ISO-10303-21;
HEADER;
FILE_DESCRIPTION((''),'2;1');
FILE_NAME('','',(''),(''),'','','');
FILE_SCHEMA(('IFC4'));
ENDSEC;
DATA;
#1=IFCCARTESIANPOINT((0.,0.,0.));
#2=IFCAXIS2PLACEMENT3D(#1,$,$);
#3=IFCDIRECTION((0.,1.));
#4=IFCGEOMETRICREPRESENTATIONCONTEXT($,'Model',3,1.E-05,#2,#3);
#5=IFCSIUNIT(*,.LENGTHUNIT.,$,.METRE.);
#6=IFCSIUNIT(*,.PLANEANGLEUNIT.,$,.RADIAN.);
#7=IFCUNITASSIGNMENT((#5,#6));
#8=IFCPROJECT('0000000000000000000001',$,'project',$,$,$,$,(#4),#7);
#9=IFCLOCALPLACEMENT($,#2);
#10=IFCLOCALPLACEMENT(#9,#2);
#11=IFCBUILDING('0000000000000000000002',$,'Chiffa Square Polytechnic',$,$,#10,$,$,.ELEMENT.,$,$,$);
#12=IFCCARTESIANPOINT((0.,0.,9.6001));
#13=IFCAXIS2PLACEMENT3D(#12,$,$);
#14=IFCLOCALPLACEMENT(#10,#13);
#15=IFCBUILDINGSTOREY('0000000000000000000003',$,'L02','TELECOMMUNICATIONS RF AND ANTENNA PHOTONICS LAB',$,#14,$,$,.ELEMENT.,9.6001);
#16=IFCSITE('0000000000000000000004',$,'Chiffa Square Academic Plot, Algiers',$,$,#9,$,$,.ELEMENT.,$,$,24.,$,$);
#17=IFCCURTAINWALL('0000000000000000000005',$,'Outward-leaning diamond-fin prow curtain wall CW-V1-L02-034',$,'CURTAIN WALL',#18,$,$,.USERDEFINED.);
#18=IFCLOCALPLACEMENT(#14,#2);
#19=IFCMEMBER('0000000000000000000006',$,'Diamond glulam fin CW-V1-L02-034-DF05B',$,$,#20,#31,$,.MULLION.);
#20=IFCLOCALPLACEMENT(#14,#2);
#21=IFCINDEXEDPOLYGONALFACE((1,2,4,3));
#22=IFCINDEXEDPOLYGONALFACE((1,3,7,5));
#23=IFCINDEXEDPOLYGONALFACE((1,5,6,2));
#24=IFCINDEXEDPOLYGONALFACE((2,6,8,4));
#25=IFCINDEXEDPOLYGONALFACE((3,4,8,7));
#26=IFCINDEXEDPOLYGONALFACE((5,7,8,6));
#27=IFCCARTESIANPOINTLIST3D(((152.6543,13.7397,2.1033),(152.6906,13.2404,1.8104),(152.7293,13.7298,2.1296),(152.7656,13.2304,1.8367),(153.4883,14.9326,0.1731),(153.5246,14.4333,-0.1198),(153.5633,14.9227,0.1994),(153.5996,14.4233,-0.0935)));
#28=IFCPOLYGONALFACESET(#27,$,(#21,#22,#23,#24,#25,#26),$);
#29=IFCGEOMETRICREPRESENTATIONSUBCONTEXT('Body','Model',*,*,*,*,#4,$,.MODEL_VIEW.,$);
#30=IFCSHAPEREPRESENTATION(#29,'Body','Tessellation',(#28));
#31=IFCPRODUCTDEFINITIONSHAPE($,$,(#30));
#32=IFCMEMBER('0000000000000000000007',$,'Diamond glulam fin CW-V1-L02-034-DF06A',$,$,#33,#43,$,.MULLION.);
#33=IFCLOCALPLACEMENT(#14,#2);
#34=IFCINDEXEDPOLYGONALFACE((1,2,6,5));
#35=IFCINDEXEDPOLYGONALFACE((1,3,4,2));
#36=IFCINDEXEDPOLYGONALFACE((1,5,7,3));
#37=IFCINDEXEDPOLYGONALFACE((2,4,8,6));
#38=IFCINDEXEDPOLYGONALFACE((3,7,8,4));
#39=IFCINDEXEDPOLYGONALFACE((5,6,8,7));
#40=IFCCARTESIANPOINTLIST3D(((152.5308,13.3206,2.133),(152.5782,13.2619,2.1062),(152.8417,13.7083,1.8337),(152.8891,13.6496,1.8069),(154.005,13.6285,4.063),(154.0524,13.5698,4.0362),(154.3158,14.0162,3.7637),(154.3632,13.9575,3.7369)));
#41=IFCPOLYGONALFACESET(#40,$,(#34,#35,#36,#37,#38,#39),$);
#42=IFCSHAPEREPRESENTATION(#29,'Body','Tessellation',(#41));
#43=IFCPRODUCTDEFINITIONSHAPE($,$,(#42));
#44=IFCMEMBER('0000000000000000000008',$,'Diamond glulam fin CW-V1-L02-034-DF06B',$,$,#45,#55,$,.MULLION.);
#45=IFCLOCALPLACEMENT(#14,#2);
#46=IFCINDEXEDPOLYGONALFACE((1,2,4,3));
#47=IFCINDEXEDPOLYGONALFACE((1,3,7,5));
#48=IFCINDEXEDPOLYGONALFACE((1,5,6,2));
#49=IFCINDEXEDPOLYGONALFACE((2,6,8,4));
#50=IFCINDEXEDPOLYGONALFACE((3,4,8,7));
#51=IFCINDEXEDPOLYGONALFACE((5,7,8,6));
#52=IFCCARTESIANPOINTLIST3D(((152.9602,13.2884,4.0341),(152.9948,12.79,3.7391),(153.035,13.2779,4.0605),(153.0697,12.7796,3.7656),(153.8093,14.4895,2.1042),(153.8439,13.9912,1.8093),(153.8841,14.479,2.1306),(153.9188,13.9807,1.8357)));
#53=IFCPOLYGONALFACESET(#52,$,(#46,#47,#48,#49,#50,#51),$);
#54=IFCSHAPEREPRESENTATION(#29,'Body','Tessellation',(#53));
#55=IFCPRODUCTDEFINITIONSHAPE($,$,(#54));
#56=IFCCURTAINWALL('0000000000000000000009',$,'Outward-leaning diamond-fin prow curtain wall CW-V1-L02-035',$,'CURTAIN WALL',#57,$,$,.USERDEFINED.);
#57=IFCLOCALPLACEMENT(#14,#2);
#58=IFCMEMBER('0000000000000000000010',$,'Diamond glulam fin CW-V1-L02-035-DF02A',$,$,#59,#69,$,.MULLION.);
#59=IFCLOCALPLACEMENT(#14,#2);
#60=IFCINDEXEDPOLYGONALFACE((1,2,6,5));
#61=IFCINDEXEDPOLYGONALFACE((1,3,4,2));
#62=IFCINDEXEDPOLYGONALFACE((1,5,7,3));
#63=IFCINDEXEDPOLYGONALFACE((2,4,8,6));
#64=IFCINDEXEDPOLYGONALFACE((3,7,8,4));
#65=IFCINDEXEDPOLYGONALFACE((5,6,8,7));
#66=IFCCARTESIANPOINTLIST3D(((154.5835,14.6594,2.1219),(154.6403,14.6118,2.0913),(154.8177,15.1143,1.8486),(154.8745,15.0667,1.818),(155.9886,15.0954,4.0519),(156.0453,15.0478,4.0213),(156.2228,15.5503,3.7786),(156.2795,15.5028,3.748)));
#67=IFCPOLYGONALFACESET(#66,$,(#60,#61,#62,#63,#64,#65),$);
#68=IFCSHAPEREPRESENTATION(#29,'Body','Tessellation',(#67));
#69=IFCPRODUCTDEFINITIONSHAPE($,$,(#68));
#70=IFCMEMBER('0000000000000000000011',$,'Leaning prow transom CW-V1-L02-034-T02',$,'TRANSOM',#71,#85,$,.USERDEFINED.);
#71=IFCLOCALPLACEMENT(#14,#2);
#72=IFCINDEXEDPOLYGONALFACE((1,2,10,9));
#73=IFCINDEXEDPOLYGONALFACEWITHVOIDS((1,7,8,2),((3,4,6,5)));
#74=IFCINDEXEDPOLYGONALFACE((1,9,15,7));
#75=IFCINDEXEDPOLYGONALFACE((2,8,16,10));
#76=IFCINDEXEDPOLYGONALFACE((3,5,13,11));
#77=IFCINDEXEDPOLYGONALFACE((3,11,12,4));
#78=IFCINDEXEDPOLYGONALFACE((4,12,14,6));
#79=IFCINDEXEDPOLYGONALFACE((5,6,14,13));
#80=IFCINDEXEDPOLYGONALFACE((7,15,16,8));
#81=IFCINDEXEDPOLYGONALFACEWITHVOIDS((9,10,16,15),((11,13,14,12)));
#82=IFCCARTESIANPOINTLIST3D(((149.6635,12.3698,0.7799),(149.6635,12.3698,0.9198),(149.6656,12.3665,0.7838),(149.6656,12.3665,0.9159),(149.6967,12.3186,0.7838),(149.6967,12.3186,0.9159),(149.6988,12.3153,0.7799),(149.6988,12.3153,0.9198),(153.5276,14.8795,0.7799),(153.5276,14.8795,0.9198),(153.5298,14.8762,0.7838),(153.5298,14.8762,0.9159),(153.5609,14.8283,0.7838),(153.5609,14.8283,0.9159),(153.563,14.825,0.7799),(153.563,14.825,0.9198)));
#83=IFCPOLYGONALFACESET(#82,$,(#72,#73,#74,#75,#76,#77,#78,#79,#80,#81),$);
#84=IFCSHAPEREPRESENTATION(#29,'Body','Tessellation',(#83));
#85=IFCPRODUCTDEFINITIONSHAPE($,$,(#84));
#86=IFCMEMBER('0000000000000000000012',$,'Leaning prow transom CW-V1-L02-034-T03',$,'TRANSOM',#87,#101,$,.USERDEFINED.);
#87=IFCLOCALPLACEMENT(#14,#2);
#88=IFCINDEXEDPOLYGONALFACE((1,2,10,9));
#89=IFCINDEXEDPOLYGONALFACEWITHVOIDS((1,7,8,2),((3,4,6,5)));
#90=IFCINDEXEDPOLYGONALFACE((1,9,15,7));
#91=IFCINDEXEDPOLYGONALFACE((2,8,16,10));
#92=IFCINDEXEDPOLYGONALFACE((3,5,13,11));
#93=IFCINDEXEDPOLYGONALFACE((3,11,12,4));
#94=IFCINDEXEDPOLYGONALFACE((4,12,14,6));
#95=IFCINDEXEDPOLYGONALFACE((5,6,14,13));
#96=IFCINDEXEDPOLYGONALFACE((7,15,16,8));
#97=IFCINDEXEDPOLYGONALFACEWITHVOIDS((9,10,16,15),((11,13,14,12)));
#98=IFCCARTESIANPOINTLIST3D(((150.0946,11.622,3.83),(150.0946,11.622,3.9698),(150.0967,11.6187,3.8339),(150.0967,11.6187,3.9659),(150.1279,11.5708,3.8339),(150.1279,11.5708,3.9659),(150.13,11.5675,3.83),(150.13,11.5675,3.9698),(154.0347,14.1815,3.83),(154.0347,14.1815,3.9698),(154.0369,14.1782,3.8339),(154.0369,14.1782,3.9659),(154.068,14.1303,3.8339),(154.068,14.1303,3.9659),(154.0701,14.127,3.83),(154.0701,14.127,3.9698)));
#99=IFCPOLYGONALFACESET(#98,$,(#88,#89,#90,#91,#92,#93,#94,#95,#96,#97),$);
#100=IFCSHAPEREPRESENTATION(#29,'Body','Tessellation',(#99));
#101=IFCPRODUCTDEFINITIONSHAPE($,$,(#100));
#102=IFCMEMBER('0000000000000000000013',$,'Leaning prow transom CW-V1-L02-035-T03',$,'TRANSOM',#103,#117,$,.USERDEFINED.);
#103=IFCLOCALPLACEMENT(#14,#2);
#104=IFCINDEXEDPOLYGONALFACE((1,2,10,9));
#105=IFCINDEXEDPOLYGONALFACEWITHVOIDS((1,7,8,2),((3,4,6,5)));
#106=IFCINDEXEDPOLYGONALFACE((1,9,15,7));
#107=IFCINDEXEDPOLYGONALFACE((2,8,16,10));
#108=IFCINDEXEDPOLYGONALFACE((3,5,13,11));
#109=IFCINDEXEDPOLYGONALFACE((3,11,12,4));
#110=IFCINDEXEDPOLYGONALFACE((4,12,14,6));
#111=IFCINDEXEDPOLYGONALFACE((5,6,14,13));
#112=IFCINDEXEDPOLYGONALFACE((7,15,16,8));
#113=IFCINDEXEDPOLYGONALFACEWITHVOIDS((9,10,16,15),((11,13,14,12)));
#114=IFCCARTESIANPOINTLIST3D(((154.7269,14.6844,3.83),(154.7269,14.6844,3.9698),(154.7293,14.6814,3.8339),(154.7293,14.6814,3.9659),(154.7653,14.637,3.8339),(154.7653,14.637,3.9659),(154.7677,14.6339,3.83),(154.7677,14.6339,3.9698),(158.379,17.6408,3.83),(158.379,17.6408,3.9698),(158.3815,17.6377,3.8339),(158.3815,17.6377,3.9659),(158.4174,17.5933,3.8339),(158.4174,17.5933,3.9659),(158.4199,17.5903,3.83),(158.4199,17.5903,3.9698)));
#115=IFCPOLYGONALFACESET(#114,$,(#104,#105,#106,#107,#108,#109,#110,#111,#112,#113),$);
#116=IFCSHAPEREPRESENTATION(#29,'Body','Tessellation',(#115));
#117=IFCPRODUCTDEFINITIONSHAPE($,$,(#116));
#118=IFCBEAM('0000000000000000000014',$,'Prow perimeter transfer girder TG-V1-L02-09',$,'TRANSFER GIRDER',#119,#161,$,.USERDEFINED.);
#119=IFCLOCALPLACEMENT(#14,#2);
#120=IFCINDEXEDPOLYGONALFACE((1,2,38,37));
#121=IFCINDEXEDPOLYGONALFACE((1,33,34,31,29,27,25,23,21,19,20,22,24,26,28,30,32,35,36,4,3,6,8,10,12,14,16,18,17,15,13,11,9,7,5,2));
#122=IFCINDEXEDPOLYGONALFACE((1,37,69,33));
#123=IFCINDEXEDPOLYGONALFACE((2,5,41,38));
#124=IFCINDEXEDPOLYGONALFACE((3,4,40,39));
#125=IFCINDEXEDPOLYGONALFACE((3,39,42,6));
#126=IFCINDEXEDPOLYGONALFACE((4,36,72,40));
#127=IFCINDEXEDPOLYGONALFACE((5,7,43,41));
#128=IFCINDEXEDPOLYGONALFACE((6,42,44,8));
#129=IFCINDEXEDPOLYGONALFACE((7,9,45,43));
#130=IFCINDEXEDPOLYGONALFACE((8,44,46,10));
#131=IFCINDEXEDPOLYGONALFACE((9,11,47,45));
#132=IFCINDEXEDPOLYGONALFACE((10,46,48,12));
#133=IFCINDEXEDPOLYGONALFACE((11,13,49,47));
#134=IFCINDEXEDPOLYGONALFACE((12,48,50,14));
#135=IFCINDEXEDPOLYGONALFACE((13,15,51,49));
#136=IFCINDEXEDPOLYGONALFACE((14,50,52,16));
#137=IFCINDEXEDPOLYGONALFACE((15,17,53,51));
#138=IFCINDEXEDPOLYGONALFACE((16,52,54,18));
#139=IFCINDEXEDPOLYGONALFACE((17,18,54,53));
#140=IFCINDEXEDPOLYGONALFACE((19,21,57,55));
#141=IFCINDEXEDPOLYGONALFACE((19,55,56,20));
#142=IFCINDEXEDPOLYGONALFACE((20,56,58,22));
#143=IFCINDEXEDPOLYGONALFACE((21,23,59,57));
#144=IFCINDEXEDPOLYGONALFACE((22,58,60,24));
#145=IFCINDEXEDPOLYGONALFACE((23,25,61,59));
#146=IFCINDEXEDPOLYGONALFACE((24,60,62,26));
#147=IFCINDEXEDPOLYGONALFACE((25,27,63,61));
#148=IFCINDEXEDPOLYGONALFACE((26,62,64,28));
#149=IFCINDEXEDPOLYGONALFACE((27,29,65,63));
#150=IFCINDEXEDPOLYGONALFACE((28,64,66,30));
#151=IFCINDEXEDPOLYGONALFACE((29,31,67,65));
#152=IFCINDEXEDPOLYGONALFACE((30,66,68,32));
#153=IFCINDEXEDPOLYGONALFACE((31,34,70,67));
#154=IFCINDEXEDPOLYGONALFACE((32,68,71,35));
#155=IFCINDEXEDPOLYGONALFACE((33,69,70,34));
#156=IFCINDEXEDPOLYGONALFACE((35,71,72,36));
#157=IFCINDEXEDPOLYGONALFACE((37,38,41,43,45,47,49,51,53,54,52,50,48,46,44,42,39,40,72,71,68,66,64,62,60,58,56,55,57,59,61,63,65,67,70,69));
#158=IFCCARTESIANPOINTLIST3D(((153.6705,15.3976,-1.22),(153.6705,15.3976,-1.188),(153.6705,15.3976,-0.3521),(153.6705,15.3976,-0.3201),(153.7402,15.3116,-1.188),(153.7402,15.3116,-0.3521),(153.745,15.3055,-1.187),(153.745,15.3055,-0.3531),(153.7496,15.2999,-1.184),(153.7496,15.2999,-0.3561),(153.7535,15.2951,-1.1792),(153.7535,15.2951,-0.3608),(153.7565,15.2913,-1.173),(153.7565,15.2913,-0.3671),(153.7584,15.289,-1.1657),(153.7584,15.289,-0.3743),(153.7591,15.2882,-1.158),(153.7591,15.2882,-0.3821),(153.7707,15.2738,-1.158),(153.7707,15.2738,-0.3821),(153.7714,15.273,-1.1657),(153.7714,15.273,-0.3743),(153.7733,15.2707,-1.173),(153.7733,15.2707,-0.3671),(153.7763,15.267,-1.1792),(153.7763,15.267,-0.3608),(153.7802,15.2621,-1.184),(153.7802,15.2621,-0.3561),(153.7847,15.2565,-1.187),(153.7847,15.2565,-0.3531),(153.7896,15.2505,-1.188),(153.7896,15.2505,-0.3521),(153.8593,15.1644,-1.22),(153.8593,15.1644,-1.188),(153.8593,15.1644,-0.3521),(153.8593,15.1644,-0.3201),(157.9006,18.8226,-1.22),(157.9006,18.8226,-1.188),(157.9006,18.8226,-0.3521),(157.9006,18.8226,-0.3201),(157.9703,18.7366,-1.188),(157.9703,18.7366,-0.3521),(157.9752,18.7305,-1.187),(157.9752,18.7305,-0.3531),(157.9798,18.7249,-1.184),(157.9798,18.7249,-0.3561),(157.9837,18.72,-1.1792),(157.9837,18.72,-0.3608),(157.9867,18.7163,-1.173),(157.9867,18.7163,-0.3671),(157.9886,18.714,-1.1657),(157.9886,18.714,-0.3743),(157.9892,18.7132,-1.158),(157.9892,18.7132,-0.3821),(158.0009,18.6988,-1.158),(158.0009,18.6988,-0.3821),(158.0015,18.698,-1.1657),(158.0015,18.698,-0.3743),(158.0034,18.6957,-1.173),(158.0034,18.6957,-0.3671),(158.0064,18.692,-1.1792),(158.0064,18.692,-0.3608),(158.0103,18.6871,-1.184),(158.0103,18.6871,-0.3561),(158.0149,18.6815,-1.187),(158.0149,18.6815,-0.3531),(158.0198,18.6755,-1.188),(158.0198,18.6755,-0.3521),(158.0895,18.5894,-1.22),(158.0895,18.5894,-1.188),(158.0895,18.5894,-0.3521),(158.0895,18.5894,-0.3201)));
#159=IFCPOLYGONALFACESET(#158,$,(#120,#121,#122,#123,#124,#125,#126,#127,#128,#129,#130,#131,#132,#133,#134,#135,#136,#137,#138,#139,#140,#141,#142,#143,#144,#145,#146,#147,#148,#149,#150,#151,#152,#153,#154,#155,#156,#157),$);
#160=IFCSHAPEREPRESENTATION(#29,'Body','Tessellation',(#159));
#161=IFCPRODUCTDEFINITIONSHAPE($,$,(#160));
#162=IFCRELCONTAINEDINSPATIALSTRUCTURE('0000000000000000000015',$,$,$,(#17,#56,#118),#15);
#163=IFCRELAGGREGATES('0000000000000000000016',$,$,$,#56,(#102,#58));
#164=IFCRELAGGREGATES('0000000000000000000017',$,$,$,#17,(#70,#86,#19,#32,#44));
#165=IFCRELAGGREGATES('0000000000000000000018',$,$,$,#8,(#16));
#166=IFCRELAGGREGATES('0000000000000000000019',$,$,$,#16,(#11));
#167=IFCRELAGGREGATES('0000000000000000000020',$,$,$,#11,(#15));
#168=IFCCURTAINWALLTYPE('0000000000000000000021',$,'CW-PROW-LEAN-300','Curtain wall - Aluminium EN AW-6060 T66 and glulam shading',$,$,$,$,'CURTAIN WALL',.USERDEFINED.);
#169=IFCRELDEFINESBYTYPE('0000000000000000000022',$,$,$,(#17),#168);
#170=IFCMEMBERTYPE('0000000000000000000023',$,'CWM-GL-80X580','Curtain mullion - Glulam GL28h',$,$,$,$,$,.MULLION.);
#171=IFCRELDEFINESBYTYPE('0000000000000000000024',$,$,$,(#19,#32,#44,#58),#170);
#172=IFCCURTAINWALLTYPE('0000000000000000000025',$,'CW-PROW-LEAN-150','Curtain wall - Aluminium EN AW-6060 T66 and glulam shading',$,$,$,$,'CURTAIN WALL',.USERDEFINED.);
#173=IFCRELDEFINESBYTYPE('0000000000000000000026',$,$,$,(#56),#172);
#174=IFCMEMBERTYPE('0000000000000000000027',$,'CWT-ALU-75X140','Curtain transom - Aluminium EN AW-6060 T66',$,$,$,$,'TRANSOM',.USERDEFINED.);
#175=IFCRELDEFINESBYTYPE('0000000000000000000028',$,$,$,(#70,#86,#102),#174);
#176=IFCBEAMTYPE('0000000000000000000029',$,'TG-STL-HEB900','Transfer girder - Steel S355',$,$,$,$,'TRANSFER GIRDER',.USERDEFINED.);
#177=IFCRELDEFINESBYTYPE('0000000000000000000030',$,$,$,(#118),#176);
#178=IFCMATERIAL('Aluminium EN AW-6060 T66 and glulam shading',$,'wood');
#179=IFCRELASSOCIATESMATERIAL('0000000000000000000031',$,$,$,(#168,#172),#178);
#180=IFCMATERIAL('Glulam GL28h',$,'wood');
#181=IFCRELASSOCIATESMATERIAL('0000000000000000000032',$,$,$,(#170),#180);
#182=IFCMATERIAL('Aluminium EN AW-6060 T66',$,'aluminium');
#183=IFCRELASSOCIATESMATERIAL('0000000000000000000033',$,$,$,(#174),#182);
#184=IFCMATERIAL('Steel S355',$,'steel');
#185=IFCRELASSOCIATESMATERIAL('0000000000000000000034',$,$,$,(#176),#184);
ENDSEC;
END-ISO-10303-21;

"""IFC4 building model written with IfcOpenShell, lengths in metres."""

from ifc_helpers import new_model, si_unit, direction, frame, origin, origin_2d, place, context, subcontext, project, spatial, rectangle, hollow_rectangle, i_section, extrude, material, material_profile, profile_set, type_object, element, aggregate, save


model = new_model("IFC4")

# Units and contexts
model_context = context("Model", 3, precision=1e-05, world=origin(), true_north=direction((0.0, 1.0)))
body_context = subcontext(model_context, "Body", "Model", "MODEL_VIEW")
ifc_project = project(units=[si_unit("LENGTHUNIT", "METRE"), si_unit("PLANEANGLEUNIT", "RADIAN")], contexts=[model_context])

# Site, building, storey
site_placement = place(None, origin())
site = spatial("IfcSite", under=ifc_project, at=site_placement, Name="Chiffa Square Academic Plot, Algiers", CompositionType="ELEMENT", RefElevation=24.0)
building_placement = place(site_placement, origin())
building = spatial("IfcBuilding", under=site, at=building_placement, Name="Chiffa Square Polytechnic", CompositionType="ELEMENT")
storey_placement = place(building_placement, frame((0.0, 0.0, 9.6001)))
storey = spatial("IfcBuildingStorey", under=building, at=storey_placement, Name="L02", Description="TELECOMMUNICATIONS RF AND ANTENNA PHOTONICS LAB", CompositionType="ELEMENT", Elevation=9.6001)

# Curtain wall, members
ifc_material_1 = material(Name="Aluminium EN AW-6060 T66 and glulam shading", Category="wood")
curtain_wall_type_1 = type_object("IfcCurtainWallType", Name="CW-PROW-LEAN-300", Description="Curtain wall - Aluminium EN AW-6060 T66 and glulam shading", ElementType="CURTAIN WALL", PredefinedType="USERDEFINED", material=ifc_material_1)
curtain_wall_1_placement = place(storey_placement, origin())
curtain_wall_1 = element("IfcCurtainWall", 1, at=curtain_wall_1_placement, inside=storey, type_object=curtain_wall_type_1, Name="Outward-leaning diamond-fin prow curtain wall CW-V1-L02-034", ObjectType="CURTAIN WALL", PredefinedType="USERDEFINED")
ifc_material_2 = material(Name="Aluminium EN AW-6060 T66", Category="aluminium")
ifc_material_3 = material(Name="Glulam GL28h", Category="wood")
ifc_material_profile_1 = material_profile(ifc_material_3, rectangle(XDim=0.0801, YDim=0.5801, at=origin_2d()), Name="GL28h 80x580")
ifc_profile_set_1 = profile_set([ifc_material_profile_1], Name="Glulam GL28h")
member_type_1 = type_object("IfcMemberType", Name="CWM-GL-80X580", Description="Curtain mullion - Glulam GL28h", PredefinedType="MULLION", material=ifc_profile_set_1)
member_1_placement = place(storey_placement, frame((153.5439, 14.678, 0.0398), z_axis=(-0.344986, -0.493443, 0.798436), x_axis=(0.936513, -0.124155, 0.327916)))
member_1 = element("IfcMember", 2, at=member_1_placement, type_object=member_type_1, Name="Diamond glulam fin CW-V1-L02-034-DF05B", PredefinedType="MULLION", context=body_context, shape_type="SweptSolid", body=[
    extrude(rectangle(XDim=0.0801, YDim=0.5801, at=origin_2d()), origin(), (0.0, 0.0, 1.0), 2.4175),
])
member_2_placement = place(storey_placement, frame((152.71, 13.4851, 1.97), z_axis=(0.602187, 0.125763, 0.788388), x_axis=(-0.59177, 0.733177, 0.33505)))
member_2 = element("IfcMember", 3, at=member_2_placement, type_object=member_type_1, Name="Diamond glulam fin CW-V1-L02-034-DF06A", PredefinedType="MULLION", context=body_context, shape_type="SweptSolid", body=[
    extrude(rectangle(XDim=0.0801, YDim=0.5801, at=origin_2d()), origin(), (0.0, 0.0, 1.0), 2.448),
])
member_3_placement = place(storey_placement, frame((153.864, 14.2351, 1.97), z_axis=(-0.34992, -0.494999, 0.795319), x_axis=(0.934875, -0.130409, 0.330156)))
member_3 = element("IfcMember", 4, at=member_3_placement, type_object=member_type_1, Name="Diamond glulam fin CW-V1-L02-034-DF06B", PredefinedType="MULLION", context=body_context, shape_type="SweptSolid", body=[
    extrude(rectangle(XDim=0.0801, YDim=0.5801, at=origin_2d()), origin(), (0.0, 0.0, 1.0), 2.4265),
])

# Curtain wall, member
curtain_wall_type_2 = type_object("IfcCurtainWallType", Name="CW-PROW-LEAN-150", Description="Curtain wall - Aluminium EN AW-6060 T66 and glulam shading", ElementType="CURTAIN WALL", PredefinedType="USERDEFINED", material=ifc_material_1)
curtain_wall_2_placement = place(storey_placement, origin())
curtain_wall_2 = element("IfcCurtainWall", 5, at=curtain_wall_2_placement, inside=storey, type_object=curtain_wall_type_2, Name="Outward-leaning diamond-fin prow curtain wall CW-V1-L02-035", ObjectType="CURTAIN WALL", PredefinedType="USERDEFINED")
member_4_placement = place(storey_placement, frame((154.729, 14.863, 1.97), z_axis=(0.578988, 0.179682, 0.795291), x_axis=(-0.708345, 0.593882, 0.381512)))
member_4 = element("IfcMember", 6, at=member_4_placement, type_object=member_type_1, Name="Diamond glulam fin CW-V1-L02-035-DF02A", PredefinedType="MULLION", context=body_context, shape_type="SweptSolid", body=[
    extrude(rectangle(XDim=0.0801, YDim=0.5801, at=origin_2d()), origin(), (0.0, 0.0, 1.0), 2.4268),
])

# Members
ifc_material_profile_2 = material_profile(ifc_material_2, hollow_rectangle(XDim=0.0649, YDim=0.1399, WallThickness=0.0039, at=origin_2d()), Name="ALU 65x140x4")
ifc_profile_set_2 = profile_set([ifc_material_profile_2], Name="Aluminium EN AW-6060 T66")
member_type_2 = type_object("IfcMemberType", Name="CWT-ALU-75X140", Description="Curtain transom - Aluminium EN AW-6060 T66", ElementType="TRANSOM", PredefinedType="USERDEFINED", material=ifc_profile_set_2)
member_5_placement = place(storey_placement, frame((149.6812, 12.3425, 0.8499), z_axis=(0.838642, 0.544683, 0.0), x_axis=(-0.544683, 0.838642, 0.0)))
member_5 = element("IfcMember", 7, at=member_5_placement, type_object=member_type_2, Name="Leaning prow transom CW-V1-L02-034-T02", ObjectType="TRANSOM", PredefinedType="USERDEFINED", context=body_context, shape_type="SweptSolid", body=[
    extrude(hollow_rectangle(XDim=0.0649, YDim=0.1399, WallThickness=0.0039, at=origin_2d()), origin(), (0.0, 0.0, 1.0), 4.6077),
])
member_6_placement = place(storey_placement, frame((150.1123, 11.5947, 3.8999), z_axis=(0.838594, 0.544756, 0.0), x_axis=(-0.544756, 0.838594, 0.0)))
member_6 = element("IfcMember", 8, at=member_6_placement, type_object=member_type_2, Name="Leaning prow transom CW-V1-L02-034-T03", ObjectType="TRANSOM", PredefinedType="USERDEFINED", context=body_context, shape_type="SweptSolid", body=[
    extrude(hollow_rectangle(XDim=0.0649, YDim=0.1399, WallThickness=0.0039, at=origin_2d()), origin(), (0.0, 0.0, 1.0), 4.6985),
])
member_7_placement = place(storey_placement, frame((154.7473, 14.6592, 3.8999), z_axis=(0.777262, 0.629177, 0.0), x_axis=(-0.629177, 0.777262, 0.0)))
member_7 = element("IfcMember", 9, at=member_7_placement, type_object=member_type_2, Name="Leaning prow transom CW-V1-L02-035-T03", ObjectType="TRANSOM", PredefinedType="USERDEFINED", context=body_context, shape_type="SweptSolid", body=[
    extrude(hollow_rectangle(XDim=0.0649, YDim=0.1399, WallThickness=0.0039, at=origin_2d()), origin(), (0.0, 0.0, 1.0), 4.6987),
])
aggregate(curtain_wall_2, [member_7, member_4])

# Beam
ifc_material_4 = material(Name="Steel S355", Category="steel")
ifc_material_profile_3 = material_profile(ifc_material_4, i_section(OverallWidth=0.3, OverallDepth=0.8999, WebThickness=0.0186, FlangeThickness=0.032, FilletRadius=0.03, at=origin_2d()), Name="HEB 900")
ifc_profile_set_3 = profile_set([ifc_material_profile_3], Name="Steel S355")
beam_type = type_object("IfcBeamType", Name="TG-STL-HEB900", Description="Transfer girder - Steel S355", ElementType="TRANSFER GIRDER", PredefinedType="USERDEFINED", material=ifc_profile_set_3)
beam_1_placement = place(storey_placement, frame((153.7649, 15.281, -0.77), z_axis=(0.777193, 0.629263, 0.0), x_axis=(-0.629263, 0.777193, 0.0)))
element("IfcBeam", 10, at=beam_1_placement, inside=storey, type_object=beam_type, Name="Prow perimeter transfer girder TG-V1-L02-09", ObjectType="TRANSFER GIRDER", PredefinedType="USERDEFINED", context=body_context, shape_type="SweptSolid", body=[
    extrude(i_section(OverallWidth=0.3, OverallDepth=0.8999, WebThickness=0.0186, FlangeThickness=0.032, FilletRadius=0.03, at=origin_2d()), origin(), (0.0, 0.0, 1.0), 5.4429),
])

aggregate(curtain_wall_1, [member_5, member_6, member_1, member_2, member_3])

save(model, "model.ifc")
